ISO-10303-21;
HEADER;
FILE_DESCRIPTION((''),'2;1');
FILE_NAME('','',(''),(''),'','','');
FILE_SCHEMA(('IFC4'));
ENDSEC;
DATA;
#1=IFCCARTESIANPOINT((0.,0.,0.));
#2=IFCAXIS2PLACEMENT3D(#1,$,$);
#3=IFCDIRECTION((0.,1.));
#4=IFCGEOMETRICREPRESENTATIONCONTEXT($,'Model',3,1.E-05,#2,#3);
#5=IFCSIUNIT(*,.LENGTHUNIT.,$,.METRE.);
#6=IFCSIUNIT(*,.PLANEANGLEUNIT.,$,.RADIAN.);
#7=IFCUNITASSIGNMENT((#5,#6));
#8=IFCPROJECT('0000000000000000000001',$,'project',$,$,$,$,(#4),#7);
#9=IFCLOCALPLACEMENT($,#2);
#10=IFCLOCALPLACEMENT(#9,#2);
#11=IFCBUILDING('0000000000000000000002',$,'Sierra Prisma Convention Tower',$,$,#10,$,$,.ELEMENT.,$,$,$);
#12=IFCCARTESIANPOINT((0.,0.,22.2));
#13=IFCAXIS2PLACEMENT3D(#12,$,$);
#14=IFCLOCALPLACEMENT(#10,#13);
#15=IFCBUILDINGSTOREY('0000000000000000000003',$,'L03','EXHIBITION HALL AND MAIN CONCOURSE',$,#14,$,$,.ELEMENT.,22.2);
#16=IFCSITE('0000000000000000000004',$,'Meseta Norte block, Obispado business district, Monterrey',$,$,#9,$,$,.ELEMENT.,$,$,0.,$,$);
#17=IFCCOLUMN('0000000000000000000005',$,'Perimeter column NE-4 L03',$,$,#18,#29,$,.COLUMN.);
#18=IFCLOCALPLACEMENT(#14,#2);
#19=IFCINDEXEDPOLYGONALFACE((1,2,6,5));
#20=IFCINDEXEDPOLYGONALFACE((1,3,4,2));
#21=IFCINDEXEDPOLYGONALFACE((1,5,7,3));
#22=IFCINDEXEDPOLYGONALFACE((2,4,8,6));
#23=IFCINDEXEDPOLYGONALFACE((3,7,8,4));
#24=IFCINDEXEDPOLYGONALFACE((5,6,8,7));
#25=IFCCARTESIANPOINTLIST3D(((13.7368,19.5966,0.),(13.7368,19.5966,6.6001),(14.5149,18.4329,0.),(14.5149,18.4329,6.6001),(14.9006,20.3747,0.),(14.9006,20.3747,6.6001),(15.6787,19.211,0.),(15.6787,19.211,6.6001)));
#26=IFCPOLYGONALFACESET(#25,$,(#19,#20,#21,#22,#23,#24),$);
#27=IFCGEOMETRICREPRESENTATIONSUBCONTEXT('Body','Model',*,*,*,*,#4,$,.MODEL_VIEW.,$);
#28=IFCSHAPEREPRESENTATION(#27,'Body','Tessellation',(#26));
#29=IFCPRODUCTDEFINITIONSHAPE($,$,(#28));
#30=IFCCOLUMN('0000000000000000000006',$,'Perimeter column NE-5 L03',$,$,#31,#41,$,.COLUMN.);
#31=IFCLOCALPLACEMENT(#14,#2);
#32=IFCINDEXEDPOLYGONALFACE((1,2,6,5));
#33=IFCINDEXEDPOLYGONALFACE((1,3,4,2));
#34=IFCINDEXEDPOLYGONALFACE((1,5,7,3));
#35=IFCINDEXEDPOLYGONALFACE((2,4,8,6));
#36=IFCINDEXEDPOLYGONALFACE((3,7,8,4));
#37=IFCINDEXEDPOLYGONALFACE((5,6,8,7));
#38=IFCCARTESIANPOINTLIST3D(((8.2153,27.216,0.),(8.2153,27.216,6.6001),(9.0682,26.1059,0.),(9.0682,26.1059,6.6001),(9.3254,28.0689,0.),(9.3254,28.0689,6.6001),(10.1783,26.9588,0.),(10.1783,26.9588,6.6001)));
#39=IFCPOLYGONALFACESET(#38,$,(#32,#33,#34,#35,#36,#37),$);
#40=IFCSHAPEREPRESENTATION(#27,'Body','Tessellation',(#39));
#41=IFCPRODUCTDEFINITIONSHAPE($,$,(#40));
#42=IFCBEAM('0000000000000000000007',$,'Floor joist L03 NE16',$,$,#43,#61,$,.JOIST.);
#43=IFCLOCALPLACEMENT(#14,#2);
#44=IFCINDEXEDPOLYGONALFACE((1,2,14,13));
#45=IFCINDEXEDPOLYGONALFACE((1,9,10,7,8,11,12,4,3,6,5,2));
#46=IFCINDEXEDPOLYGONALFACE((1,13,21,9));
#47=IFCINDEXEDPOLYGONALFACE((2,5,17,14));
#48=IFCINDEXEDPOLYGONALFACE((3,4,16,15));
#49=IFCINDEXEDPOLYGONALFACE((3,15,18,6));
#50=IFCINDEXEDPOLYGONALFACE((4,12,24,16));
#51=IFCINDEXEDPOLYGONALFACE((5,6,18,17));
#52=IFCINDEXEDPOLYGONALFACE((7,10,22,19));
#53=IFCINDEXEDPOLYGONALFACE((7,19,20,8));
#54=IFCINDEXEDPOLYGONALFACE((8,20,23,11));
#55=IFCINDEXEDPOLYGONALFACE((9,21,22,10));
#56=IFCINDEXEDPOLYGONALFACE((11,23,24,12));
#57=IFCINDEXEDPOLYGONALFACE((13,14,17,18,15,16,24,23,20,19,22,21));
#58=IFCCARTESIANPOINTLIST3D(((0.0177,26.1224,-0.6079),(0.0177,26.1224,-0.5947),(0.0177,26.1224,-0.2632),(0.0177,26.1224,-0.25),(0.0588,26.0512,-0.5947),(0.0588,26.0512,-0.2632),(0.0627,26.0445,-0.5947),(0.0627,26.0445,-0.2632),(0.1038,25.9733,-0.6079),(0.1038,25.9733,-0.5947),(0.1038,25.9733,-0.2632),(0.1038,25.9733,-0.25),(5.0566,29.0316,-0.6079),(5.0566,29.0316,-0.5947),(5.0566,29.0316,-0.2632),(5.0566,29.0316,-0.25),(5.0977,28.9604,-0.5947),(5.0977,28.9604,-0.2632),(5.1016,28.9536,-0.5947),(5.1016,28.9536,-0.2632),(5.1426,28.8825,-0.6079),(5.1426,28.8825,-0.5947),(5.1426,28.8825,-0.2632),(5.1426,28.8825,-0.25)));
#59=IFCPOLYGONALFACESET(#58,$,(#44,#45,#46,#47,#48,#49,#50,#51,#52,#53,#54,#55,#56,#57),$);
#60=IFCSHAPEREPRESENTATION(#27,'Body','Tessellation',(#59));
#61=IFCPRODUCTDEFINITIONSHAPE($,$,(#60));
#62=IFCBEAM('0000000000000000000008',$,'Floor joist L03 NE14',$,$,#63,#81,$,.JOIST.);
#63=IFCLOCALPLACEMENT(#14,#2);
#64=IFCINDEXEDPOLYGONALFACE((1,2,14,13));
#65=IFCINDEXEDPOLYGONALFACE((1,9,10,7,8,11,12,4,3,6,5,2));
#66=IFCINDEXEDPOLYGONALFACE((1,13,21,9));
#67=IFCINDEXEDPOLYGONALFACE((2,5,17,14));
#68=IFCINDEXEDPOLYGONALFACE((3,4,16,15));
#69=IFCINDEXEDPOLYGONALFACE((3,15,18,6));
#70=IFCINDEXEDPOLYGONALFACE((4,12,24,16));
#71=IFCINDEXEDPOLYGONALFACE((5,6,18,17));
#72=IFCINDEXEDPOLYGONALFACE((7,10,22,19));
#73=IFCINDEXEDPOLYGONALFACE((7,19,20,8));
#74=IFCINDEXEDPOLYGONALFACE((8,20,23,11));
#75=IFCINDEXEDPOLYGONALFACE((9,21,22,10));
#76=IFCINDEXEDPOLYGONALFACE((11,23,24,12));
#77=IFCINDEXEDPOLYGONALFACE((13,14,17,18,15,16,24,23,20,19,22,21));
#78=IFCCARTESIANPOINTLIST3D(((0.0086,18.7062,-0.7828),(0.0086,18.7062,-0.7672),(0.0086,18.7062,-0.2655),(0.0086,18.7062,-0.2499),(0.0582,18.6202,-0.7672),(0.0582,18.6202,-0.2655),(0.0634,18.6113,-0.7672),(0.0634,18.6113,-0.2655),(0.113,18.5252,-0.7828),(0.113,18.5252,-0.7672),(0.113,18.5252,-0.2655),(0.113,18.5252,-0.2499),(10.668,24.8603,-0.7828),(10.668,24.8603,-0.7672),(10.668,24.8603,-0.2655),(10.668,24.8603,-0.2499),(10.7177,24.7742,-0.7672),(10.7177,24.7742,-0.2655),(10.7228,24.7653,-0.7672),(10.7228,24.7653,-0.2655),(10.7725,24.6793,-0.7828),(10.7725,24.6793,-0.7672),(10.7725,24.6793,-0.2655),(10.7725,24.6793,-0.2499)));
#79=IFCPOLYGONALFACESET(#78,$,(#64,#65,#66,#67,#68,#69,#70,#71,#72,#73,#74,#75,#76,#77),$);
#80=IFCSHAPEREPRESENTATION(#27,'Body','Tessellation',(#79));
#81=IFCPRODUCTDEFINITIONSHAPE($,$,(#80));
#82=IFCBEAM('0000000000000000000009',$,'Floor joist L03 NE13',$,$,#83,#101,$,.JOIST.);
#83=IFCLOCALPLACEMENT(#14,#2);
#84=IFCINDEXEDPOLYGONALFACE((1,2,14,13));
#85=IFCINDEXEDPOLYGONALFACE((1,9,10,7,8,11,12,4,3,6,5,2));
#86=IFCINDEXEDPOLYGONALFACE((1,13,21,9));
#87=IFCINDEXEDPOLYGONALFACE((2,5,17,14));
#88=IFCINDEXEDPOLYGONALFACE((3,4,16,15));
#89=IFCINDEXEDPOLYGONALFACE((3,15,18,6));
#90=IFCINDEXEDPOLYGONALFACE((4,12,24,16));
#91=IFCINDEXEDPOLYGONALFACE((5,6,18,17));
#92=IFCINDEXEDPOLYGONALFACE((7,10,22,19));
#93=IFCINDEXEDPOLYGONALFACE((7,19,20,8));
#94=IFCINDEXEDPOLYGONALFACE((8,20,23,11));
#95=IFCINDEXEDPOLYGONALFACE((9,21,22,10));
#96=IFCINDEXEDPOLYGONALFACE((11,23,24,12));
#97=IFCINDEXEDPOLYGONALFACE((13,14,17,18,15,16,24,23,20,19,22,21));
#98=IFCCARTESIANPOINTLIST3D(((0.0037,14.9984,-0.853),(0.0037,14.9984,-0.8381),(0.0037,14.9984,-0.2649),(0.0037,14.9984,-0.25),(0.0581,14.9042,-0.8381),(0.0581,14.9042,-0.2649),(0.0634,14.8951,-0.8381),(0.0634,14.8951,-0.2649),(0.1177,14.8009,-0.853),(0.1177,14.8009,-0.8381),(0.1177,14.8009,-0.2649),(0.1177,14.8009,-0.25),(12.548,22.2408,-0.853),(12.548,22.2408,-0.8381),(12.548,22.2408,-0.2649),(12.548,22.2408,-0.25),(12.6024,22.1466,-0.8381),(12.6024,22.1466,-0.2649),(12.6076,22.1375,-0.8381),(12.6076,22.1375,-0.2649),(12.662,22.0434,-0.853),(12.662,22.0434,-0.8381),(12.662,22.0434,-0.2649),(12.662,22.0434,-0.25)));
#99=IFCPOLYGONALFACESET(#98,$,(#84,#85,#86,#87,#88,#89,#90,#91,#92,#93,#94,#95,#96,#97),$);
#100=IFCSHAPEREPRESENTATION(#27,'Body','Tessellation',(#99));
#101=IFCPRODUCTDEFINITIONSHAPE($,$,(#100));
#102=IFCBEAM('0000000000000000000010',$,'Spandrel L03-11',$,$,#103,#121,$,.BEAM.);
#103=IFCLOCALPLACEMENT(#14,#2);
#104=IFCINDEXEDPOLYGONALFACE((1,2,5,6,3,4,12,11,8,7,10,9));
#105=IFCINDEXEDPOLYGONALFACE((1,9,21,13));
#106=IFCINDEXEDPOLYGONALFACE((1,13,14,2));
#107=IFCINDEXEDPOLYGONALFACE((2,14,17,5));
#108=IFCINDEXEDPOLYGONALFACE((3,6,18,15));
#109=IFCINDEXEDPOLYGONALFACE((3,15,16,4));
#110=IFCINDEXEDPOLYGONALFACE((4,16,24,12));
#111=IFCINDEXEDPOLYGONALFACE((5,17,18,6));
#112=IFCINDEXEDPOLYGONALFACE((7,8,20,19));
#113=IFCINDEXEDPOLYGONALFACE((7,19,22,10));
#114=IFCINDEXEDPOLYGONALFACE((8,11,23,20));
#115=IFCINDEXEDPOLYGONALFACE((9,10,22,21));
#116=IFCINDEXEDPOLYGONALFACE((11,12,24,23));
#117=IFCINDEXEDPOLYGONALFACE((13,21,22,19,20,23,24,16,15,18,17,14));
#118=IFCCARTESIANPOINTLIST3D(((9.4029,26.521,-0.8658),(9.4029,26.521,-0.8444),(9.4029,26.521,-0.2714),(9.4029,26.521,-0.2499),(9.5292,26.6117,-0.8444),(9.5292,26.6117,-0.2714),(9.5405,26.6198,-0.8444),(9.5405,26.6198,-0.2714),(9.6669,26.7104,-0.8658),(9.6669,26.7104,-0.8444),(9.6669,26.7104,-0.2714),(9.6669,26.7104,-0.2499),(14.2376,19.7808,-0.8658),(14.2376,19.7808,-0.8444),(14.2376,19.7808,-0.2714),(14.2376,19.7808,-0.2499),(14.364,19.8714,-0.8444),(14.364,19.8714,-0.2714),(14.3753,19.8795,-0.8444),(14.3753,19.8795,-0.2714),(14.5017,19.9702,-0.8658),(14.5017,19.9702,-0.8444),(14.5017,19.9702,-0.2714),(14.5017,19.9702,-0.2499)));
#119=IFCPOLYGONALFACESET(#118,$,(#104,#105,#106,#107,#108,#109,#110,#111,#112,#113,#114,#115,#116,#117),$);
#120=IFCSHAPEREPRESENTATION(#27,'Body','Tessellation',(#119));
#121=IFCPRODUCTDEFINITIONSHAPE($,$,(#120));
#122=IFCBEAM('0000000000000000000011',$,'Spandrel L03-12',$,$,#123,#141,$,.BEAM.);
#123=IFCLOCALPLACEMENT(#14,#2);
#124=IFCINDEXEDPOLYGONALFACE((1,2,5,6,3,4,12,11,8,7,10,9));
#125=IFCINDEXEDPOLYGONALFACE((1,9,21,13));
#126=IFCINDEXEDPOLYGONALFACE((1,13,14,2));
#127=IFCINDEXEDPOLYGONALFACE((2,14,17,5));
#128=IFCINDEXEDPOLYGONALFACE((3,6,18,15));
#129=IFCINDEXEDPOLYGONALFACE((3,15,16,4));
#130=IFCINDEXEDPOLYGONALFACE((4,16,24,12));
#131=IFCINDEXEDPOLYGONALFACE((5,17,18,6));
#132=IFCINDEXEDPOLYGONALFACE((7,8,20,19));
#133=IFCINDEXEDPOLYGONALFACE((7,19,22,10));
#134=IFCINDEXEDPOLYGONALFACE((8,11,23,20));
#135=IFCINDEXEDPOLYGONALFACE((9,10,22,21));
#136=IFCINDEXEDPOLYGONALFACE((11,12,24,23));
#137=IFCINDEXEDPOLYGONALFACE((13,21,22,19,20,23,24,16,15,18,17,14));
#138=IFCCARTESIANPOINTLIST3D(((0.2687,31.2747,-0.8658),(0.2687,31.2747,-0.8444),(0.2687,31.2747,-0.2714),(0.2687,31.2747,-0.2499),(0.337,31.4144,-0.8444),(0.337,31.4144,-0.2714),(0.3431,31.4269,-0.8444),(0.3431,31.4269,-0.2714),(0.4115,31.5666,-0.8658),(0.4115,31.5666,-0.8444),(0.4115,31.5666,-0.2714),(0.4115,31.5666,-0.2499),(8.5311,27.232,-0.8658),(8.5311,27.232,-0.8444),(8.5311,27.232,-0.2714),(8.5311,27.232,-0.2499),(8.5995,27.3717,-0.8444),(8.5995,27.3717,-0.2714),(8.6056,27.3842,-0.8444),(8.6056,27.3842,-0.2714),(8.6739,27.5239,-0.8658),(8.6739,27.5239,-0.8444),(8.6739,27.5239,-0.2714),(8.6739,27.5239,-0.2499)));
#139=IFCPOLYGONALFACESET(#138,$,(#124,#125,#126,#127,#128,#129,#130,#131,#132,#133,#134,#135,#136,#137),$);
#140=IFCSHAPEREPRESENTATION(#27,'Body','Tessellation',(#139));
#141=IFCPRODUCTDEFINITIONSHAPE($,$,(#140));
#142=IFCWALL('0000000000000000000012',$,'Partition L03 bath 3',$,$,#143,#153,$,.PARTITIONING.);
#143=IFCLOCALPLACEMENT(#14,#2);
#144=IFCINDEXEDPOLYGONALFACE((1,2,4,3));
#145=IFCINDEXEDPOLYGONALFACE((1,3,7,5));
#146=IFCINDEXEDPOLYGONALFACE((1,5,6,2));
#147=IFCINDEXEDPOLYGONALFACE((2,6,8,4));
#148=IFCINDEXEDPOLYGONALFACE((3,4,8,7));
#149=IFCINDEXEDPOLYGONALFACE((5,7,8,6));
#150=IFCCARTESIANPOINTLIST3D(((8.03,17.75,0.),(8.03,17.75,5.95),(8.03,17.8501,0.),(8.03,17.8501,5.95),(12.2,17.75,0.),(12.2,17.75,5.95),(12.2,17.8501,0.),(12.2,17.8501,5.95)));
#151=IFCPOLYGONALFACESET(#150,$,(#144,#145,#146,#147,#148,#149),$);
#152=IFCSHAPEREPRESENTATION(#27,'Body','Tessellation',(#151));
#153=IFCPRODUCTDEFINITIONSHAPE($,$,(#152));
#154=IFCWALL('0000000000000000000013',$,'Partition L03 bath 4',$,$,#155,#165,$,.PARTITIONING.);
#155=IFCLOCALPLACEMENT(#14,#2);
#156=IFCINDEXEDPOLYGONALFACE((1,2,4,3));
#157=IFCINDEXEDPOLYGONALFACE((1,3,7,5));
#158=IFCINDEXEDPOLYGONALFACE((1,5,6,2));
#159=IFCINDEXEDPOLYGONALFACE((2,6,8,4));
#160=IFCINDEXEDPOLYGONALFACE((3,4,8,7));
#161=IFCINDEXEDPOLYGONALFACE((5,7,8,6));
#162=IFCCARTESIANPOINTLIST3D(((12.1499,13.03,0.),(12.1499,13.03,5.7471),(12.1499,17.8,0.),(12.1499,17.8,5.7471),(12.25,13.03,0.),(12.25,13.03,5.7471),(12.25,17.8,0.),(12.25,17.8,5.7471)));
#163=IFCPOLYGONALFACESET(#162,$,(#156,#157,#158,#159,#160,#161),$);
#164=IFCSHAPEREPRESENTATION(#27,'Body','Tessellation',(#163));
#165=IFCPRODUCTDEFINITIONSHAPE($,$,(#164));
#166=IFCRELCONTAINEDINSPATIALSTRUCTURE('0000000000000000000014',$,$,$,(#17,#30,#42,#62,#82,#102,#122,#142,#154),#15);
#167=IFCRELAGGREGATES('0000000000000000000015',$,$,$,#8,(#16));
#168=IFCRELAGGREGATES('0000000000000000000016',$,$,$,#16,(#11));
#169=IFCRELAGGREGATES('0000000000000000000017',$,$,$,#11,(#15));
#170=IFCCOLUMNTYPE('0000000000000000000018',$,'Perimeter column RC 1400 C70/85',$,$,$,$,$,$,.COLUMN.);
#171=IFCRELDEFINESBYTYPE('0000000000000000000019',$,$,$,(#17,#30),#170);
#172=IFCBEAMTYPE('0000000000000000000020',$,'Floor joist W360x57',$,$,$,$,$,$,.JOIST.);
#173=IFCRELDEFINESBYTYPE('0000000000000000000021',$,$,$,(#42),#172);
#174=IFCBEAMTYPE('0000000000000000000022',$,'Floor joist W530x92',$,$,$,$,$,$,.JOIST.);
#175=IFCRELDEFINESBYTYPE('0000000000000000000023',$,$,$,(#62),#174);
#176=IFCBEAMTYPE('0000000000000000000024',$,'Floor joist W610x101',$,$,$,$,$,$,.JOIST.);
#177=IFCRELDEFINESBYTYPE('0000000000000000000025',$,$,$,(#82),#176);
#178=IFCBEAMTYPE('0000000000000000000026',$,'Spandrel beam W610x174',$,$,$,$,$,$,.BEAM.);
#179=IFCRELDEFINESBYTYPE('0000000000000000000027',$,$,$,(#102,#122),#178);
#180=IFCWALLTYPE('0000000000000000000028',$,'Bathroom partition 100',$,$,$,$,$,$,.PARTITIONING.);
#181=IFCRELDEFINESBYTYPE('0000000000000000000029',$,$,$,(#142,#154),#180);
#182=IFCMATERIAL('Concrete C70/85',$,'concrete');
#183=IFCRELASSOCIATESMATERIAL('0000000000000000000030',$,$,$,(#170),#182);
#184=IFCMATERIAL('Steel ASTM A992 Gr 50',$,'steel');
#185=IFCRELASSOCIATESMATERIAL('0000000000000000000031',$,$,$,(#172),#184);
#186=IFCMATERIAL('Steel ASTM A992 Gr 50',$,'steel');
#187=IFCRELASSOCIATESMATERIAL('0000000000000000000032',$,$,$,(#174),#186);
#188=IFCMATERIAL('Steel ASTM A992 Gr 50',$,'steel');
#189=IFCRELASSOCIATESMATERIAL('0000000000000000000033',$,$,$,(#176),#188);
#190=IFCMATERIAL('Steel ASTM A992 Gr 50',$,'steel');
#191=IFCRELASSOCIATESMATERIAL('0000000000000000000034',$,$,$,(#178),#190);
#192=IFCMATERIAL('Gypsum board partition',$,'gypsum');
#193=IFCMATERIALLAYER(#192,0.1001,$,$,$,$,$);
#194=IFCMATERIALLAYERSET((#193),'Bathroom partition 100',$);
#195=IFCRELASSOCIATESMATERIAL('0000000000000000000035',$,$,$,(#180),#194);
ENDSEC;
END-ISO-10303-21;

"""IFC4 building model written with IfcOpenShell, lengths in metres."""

from ifc_helpers import new_model, si_unit, direction, frame, frame_2d, origin, origin_2d, place, context, subcontext, project, spatial, rectangle, i_section, extrude, material, layer, layer_set, material_profile, profile_set, type_object, element, save


model = new_model("IFC4")

# Units and contexts
model_context = context("Model", 3, precision=1e-05, world=origin(), true_north=direction((0.0, 1.0)))
body_context = subcontext(model_context, "Body", "Model", "MODEL_VIEW")
ifc_project = project(units=[si_unit("LENGTHUNIT", "METRE"), si_unit("PLANEANGLEUNIT", "RADIAN")], contexts=[model_context])

# Site, building, storey
site_placement = place(None, origin())
site = spatial("IfcSite", under=ifc_project, at=site_placement, Name="Meseta Norte block, Obispado business district, Monterrey", CompositionType="ELEMENT", RefElevation=0.0)
building_placement = place(site_placement, origin())
building = spatial("IfcBuilding", under=site, at=building_placement, Name="Sierra Prisma Convention Tower", CompositionType="ELEMENT")
storey_placement = place(building_placement, frame((0.0, 0.0, 22.2)))
storey = spatial("IfcBuildingStorey", under=building, at=storey_placement, Name="L03", Description="EXHIBITION HALL AND MAIN CONCOURSE", CompositionType="ELEMENT", Elevation=22.2)

# Columns
ifc_material_1 = material(Name="Concrete C70/85", Category="concrete")
ifc_material_profile_1 = material_profile(ifc_material_1, rectangle(XDim=1.3999, YDim=1.3999, at=origin_2d()), Name="Perimeter column RC 1400 C70/85")
ifc_profile_set_1 = profile_set([ifc_material_profile_1], Name="Concrete C70/85")
column_type = type_object("IfcColumnType", Name="Perimeter column RC 1400 C70/85", PredefinedType="COLUMN", material=ifc_profile_set_1)
for number, where, z_axis, x_axis, name in (
    (1, (14.7078, 19.4038, 0.0), (0.0, 0.0, 1.0), (-0.555817, 0.831305, 0.0), "Perimeter column NE-4 L03"),
    (2, (9.1968, 27.0874, 0.0), (0.0, 0.0, 1.0), (-0.609232, 0.792992, 0.0), "Perimeter column NE-5 L03"),
):
    element("IfcColumn", number, at=place(storey_placement, frame(where, z_axis=z_axis, x_axis=x_axis)), inside=storey, type_object=column_type, Name=name, PredefinedType="COLUMN", context=body_context, shape_type="SweptSolid", body=[
        extrude(rectangle(XDim=1.3999, YDim=1.3999, at=origin_2d()), origin(), (0.0, 0.0, 1.0), 6.6001),
    ])

# Beams
ifc_material_2 = material(Name="Steel ASTM A992 Gr 50", Category="steel")
ifc_material_profile_2 = material_profile(ifc_material_2, i_section(OverallWidth=0.1721, OverallDepth=0.3579, WebThickness=0.0078, FlangeThickness=0.0132, at=origin_2d()), Name="W360x57")
ifc_profile_set_2 = profile_set([ifc_material_profile_2], Name="Steel ASTM A992 Gr 50")
beam_type_1 = type_object("IfcBeamType", Name="Floor joist W360x57", PredefinedType="JOIST", material=ifc_profile_set_2)
beam_1_placement = place(storey_placement, frame((5.0996, 28.957, -0.429), z_axis=(-0.866024, -0.500002, 0.0), x_axis=(0.500002, -0.866024, 0.0)))
element("IfcBeam", 3, at=beam_1_placement, inside=storey, type_object=beam_type_1, Name="Floor joist L03 NE16", PredefinedType="JOIST", context=body_context, shape_type="SweptSolid", body=[
    extrude(i_section(OverallWidth=0.1721, OverallDepth=0.3579, WebThickness=0.0078, FlangeThickness=0.0132, at=origin_2d()), origin(), (0.0, 0.0, 1.0), 5.8184),
])
ifc_material_3 = material(Name="Steel ASTM A992 Gr 50", Category="steel")
ifc_material_profile_3 = material_profile(ifc_material_3, i_section(OverallWidth=0.209, OverallDepth=0.533, WebThickness=0.0103, FlangeThickness=0.0156, at=origin_2d()), Name="W530x92")
ifc_profile_set_3 = profile_set([ifc_material_profile_3], Name="Steel ASTM A992 Gr 50")
beam_type_2 = type_object("IfcBeamType", Name="Floor joist W530x92", PredefinedType="JOIST", material=ifc_profile_set_3)
beam_2_placement = place(storey_placement, frame((10.7202, 24.7698, -0.5164), z_axis=(-0.866031, -0.49999, 0.0), x_axis=(0.49999, -0.866031, 0.0)))
element("IfcBeam", 4, at=beam_2_placement, inside=storey, type_object=beam_type_2, Name="Floor joist L03 NE14", PredefinedType="JOIST", context=body_context, shape_type="SweptSolid", body=[
    extrude(i_section(OverallWidth=0.209, OverallDepth=0.533, WebThickness=0.0103, FlangeThickness=0.0156, at=origin_2d()), origin(), (0.0, 0.0, 1.0), 12.3083),
])
ifc_material_4 = material(Name="Steel ASTM A992 Gr 50", Category="steel")
ifc_material_profile_4 = material_profile(ifc_material_4, i_section(OverallWidth=0.228, OverallDepth=0.603, WebThickness=0.0105, FlangeThickness=0.0149, at=origin_2d()), Name="W610x101")
ifc_profile_set_4 = profile_set([ifc_material_profile_4], Name="Steel ASTM A992 Gr 50")
beam_type_3 = type_object("IfcBeamType", Name="Floor joist W610x101", PredefinedType="JOIST", material=ifc_profile_set_4)
beam_3_placement = place(storey_placement, frame((12.605, 22.1421, -0.5515), z_axis=(-0.866024, -0.500002, 0.0), x_axis=(0.500002, -0.866024, 0.0)))
element("IfcBeam", 5, at=beam_3_placement, inside=storey, type_object=beam_type_3, Name="Floor joist L03 NE13", PredefinedType="JOIST", context=body_context, shape_type="SweptSolid", body=[
    extrude(i_section(OverallWidth=0.228, OverallDepth=0.603, WebThickness=0.0105, FlangeThickness=0.0149, at=origin_2d()), origin(), (0.0, 0.0, 1.0), 14.4849),
])
ifc_material_5 = material(Name="Steel ASTM A992 Gr 50", Category="steel")
ifc_material_profile_5 = material_profile(ifc_material_5, i_section(OverallWidth=0.325, OverallDepth=0.616, WebThickness=0.0139, FlangeThickness=0.0215, at=origin_2d()), Name="W610x174")
ifc_profile_set_5 = profile_set([ifc_material_profile_5], Name="Steel ASTM A992 Gr 50")
beam_type_4 = type_object("IfcBeamType", Name="Spandrel beam W610x174", PredefinedType="BEAM", material=ifc_profile_set_5)
beam_4_placement = place(storey_placement, frame((14.3696, 19.8755, -0.5579), z_axis=(-0.582855, 0.812576, 0.0), x_axis=(-0.812576, -0.582855, 0.0)))
element("IfcBeam", 6, at=beam_4_placement, inside=storey, type_object=beam_type_4, Name="Spandrel L03-11", PredefinedType="BEAM", context=body_context, shape_type="SweptSolid", body=[
    extrude(i_section(OverallWidth=0.325, OverallDepth=0.616, WebThickness=0.0139, FlangeThickness=0.0215, at=origin_2d()), origin(), (0.0, 0.0, 1.0), 8.2949),
])
beam_5_placement = place(storey_placement, frame((8.6025, 27.3779, -0.5579), z_axis=(-0.898243, 0.4395, 0.0), x_axis=(-0.4395, -0.898243, 0.0)))
element("IfcBeam", 7, at=beam_5_placement, inside=storey, type_object=beam_type_4, Name="Spandrel L03-12", PredefinedType="BEAM", context=body_context, shape_type="SweptSolid", body=[
    extrude(i_section(OverallWidth=0.325, OverallDepth=0.616, WebThickness=0.0139, FlangeThickness=0.0215, at=origin_2d()), origin(), (0.0, 0.0, 1.0), 9.1985),
])

# Walls
ifc_material_6 = material(Name="Gypsum board partition", Category="gypsum")
ifc_layer_1 = layer(ifc_material_6, 0.1001)
ifc_layer_set_1 = layer_set([ifc_layer_1], Name="Bathroom partition 100")
wall_type_1 = type_object("IfcWallType", Name="Bathroom partition 100", PredefinedType="PARTITIONING", material=ifc_layer_set_1)
wall_1_placement = place(storey_placement, frame((8.03, 17.8, 0.0), z_axis=(0.0, 0.0, 1.0), x_axis=(1.0, 0.0, 0.0)))
element("IfcWall", 8, at=wall_1_placement, inside=storey, type_object=wall_type_1, Name="Partition L03 bath 3", PredefinedType="PARTITIONING", context=body_context, shape_type="SweptSolid", body=[
    extrude(rectangle(XDim=4.1699, YDim=0.1001, at=frame_2d((2.085, 0.0))), origin(), (0.0, 0.0, 1.0), 5.95),
])
wall_2_placement = place(storey_placement, frame((12.2, 17.8, 0.0), z_axis=(0.0, 0.0, 1.0), x_axis=(0.0, -1.0, 0.0)))
element("IfcWall", 9, at=wall_2_placement, inside=storey, type_object=wall_type_1, Name="Partition L03 bath 4", PredefinedType="PARTITIONING", context=body_context, shape_type="SweptSolid", body=[
    extrude(rectangle(XDim=4.77, YDim=0.1001, at=frame_2d((2.385, 0.0))), origin(), (0.0, 0.0, 1.0), 5.7471),
])

save(model, "model.ifc")
